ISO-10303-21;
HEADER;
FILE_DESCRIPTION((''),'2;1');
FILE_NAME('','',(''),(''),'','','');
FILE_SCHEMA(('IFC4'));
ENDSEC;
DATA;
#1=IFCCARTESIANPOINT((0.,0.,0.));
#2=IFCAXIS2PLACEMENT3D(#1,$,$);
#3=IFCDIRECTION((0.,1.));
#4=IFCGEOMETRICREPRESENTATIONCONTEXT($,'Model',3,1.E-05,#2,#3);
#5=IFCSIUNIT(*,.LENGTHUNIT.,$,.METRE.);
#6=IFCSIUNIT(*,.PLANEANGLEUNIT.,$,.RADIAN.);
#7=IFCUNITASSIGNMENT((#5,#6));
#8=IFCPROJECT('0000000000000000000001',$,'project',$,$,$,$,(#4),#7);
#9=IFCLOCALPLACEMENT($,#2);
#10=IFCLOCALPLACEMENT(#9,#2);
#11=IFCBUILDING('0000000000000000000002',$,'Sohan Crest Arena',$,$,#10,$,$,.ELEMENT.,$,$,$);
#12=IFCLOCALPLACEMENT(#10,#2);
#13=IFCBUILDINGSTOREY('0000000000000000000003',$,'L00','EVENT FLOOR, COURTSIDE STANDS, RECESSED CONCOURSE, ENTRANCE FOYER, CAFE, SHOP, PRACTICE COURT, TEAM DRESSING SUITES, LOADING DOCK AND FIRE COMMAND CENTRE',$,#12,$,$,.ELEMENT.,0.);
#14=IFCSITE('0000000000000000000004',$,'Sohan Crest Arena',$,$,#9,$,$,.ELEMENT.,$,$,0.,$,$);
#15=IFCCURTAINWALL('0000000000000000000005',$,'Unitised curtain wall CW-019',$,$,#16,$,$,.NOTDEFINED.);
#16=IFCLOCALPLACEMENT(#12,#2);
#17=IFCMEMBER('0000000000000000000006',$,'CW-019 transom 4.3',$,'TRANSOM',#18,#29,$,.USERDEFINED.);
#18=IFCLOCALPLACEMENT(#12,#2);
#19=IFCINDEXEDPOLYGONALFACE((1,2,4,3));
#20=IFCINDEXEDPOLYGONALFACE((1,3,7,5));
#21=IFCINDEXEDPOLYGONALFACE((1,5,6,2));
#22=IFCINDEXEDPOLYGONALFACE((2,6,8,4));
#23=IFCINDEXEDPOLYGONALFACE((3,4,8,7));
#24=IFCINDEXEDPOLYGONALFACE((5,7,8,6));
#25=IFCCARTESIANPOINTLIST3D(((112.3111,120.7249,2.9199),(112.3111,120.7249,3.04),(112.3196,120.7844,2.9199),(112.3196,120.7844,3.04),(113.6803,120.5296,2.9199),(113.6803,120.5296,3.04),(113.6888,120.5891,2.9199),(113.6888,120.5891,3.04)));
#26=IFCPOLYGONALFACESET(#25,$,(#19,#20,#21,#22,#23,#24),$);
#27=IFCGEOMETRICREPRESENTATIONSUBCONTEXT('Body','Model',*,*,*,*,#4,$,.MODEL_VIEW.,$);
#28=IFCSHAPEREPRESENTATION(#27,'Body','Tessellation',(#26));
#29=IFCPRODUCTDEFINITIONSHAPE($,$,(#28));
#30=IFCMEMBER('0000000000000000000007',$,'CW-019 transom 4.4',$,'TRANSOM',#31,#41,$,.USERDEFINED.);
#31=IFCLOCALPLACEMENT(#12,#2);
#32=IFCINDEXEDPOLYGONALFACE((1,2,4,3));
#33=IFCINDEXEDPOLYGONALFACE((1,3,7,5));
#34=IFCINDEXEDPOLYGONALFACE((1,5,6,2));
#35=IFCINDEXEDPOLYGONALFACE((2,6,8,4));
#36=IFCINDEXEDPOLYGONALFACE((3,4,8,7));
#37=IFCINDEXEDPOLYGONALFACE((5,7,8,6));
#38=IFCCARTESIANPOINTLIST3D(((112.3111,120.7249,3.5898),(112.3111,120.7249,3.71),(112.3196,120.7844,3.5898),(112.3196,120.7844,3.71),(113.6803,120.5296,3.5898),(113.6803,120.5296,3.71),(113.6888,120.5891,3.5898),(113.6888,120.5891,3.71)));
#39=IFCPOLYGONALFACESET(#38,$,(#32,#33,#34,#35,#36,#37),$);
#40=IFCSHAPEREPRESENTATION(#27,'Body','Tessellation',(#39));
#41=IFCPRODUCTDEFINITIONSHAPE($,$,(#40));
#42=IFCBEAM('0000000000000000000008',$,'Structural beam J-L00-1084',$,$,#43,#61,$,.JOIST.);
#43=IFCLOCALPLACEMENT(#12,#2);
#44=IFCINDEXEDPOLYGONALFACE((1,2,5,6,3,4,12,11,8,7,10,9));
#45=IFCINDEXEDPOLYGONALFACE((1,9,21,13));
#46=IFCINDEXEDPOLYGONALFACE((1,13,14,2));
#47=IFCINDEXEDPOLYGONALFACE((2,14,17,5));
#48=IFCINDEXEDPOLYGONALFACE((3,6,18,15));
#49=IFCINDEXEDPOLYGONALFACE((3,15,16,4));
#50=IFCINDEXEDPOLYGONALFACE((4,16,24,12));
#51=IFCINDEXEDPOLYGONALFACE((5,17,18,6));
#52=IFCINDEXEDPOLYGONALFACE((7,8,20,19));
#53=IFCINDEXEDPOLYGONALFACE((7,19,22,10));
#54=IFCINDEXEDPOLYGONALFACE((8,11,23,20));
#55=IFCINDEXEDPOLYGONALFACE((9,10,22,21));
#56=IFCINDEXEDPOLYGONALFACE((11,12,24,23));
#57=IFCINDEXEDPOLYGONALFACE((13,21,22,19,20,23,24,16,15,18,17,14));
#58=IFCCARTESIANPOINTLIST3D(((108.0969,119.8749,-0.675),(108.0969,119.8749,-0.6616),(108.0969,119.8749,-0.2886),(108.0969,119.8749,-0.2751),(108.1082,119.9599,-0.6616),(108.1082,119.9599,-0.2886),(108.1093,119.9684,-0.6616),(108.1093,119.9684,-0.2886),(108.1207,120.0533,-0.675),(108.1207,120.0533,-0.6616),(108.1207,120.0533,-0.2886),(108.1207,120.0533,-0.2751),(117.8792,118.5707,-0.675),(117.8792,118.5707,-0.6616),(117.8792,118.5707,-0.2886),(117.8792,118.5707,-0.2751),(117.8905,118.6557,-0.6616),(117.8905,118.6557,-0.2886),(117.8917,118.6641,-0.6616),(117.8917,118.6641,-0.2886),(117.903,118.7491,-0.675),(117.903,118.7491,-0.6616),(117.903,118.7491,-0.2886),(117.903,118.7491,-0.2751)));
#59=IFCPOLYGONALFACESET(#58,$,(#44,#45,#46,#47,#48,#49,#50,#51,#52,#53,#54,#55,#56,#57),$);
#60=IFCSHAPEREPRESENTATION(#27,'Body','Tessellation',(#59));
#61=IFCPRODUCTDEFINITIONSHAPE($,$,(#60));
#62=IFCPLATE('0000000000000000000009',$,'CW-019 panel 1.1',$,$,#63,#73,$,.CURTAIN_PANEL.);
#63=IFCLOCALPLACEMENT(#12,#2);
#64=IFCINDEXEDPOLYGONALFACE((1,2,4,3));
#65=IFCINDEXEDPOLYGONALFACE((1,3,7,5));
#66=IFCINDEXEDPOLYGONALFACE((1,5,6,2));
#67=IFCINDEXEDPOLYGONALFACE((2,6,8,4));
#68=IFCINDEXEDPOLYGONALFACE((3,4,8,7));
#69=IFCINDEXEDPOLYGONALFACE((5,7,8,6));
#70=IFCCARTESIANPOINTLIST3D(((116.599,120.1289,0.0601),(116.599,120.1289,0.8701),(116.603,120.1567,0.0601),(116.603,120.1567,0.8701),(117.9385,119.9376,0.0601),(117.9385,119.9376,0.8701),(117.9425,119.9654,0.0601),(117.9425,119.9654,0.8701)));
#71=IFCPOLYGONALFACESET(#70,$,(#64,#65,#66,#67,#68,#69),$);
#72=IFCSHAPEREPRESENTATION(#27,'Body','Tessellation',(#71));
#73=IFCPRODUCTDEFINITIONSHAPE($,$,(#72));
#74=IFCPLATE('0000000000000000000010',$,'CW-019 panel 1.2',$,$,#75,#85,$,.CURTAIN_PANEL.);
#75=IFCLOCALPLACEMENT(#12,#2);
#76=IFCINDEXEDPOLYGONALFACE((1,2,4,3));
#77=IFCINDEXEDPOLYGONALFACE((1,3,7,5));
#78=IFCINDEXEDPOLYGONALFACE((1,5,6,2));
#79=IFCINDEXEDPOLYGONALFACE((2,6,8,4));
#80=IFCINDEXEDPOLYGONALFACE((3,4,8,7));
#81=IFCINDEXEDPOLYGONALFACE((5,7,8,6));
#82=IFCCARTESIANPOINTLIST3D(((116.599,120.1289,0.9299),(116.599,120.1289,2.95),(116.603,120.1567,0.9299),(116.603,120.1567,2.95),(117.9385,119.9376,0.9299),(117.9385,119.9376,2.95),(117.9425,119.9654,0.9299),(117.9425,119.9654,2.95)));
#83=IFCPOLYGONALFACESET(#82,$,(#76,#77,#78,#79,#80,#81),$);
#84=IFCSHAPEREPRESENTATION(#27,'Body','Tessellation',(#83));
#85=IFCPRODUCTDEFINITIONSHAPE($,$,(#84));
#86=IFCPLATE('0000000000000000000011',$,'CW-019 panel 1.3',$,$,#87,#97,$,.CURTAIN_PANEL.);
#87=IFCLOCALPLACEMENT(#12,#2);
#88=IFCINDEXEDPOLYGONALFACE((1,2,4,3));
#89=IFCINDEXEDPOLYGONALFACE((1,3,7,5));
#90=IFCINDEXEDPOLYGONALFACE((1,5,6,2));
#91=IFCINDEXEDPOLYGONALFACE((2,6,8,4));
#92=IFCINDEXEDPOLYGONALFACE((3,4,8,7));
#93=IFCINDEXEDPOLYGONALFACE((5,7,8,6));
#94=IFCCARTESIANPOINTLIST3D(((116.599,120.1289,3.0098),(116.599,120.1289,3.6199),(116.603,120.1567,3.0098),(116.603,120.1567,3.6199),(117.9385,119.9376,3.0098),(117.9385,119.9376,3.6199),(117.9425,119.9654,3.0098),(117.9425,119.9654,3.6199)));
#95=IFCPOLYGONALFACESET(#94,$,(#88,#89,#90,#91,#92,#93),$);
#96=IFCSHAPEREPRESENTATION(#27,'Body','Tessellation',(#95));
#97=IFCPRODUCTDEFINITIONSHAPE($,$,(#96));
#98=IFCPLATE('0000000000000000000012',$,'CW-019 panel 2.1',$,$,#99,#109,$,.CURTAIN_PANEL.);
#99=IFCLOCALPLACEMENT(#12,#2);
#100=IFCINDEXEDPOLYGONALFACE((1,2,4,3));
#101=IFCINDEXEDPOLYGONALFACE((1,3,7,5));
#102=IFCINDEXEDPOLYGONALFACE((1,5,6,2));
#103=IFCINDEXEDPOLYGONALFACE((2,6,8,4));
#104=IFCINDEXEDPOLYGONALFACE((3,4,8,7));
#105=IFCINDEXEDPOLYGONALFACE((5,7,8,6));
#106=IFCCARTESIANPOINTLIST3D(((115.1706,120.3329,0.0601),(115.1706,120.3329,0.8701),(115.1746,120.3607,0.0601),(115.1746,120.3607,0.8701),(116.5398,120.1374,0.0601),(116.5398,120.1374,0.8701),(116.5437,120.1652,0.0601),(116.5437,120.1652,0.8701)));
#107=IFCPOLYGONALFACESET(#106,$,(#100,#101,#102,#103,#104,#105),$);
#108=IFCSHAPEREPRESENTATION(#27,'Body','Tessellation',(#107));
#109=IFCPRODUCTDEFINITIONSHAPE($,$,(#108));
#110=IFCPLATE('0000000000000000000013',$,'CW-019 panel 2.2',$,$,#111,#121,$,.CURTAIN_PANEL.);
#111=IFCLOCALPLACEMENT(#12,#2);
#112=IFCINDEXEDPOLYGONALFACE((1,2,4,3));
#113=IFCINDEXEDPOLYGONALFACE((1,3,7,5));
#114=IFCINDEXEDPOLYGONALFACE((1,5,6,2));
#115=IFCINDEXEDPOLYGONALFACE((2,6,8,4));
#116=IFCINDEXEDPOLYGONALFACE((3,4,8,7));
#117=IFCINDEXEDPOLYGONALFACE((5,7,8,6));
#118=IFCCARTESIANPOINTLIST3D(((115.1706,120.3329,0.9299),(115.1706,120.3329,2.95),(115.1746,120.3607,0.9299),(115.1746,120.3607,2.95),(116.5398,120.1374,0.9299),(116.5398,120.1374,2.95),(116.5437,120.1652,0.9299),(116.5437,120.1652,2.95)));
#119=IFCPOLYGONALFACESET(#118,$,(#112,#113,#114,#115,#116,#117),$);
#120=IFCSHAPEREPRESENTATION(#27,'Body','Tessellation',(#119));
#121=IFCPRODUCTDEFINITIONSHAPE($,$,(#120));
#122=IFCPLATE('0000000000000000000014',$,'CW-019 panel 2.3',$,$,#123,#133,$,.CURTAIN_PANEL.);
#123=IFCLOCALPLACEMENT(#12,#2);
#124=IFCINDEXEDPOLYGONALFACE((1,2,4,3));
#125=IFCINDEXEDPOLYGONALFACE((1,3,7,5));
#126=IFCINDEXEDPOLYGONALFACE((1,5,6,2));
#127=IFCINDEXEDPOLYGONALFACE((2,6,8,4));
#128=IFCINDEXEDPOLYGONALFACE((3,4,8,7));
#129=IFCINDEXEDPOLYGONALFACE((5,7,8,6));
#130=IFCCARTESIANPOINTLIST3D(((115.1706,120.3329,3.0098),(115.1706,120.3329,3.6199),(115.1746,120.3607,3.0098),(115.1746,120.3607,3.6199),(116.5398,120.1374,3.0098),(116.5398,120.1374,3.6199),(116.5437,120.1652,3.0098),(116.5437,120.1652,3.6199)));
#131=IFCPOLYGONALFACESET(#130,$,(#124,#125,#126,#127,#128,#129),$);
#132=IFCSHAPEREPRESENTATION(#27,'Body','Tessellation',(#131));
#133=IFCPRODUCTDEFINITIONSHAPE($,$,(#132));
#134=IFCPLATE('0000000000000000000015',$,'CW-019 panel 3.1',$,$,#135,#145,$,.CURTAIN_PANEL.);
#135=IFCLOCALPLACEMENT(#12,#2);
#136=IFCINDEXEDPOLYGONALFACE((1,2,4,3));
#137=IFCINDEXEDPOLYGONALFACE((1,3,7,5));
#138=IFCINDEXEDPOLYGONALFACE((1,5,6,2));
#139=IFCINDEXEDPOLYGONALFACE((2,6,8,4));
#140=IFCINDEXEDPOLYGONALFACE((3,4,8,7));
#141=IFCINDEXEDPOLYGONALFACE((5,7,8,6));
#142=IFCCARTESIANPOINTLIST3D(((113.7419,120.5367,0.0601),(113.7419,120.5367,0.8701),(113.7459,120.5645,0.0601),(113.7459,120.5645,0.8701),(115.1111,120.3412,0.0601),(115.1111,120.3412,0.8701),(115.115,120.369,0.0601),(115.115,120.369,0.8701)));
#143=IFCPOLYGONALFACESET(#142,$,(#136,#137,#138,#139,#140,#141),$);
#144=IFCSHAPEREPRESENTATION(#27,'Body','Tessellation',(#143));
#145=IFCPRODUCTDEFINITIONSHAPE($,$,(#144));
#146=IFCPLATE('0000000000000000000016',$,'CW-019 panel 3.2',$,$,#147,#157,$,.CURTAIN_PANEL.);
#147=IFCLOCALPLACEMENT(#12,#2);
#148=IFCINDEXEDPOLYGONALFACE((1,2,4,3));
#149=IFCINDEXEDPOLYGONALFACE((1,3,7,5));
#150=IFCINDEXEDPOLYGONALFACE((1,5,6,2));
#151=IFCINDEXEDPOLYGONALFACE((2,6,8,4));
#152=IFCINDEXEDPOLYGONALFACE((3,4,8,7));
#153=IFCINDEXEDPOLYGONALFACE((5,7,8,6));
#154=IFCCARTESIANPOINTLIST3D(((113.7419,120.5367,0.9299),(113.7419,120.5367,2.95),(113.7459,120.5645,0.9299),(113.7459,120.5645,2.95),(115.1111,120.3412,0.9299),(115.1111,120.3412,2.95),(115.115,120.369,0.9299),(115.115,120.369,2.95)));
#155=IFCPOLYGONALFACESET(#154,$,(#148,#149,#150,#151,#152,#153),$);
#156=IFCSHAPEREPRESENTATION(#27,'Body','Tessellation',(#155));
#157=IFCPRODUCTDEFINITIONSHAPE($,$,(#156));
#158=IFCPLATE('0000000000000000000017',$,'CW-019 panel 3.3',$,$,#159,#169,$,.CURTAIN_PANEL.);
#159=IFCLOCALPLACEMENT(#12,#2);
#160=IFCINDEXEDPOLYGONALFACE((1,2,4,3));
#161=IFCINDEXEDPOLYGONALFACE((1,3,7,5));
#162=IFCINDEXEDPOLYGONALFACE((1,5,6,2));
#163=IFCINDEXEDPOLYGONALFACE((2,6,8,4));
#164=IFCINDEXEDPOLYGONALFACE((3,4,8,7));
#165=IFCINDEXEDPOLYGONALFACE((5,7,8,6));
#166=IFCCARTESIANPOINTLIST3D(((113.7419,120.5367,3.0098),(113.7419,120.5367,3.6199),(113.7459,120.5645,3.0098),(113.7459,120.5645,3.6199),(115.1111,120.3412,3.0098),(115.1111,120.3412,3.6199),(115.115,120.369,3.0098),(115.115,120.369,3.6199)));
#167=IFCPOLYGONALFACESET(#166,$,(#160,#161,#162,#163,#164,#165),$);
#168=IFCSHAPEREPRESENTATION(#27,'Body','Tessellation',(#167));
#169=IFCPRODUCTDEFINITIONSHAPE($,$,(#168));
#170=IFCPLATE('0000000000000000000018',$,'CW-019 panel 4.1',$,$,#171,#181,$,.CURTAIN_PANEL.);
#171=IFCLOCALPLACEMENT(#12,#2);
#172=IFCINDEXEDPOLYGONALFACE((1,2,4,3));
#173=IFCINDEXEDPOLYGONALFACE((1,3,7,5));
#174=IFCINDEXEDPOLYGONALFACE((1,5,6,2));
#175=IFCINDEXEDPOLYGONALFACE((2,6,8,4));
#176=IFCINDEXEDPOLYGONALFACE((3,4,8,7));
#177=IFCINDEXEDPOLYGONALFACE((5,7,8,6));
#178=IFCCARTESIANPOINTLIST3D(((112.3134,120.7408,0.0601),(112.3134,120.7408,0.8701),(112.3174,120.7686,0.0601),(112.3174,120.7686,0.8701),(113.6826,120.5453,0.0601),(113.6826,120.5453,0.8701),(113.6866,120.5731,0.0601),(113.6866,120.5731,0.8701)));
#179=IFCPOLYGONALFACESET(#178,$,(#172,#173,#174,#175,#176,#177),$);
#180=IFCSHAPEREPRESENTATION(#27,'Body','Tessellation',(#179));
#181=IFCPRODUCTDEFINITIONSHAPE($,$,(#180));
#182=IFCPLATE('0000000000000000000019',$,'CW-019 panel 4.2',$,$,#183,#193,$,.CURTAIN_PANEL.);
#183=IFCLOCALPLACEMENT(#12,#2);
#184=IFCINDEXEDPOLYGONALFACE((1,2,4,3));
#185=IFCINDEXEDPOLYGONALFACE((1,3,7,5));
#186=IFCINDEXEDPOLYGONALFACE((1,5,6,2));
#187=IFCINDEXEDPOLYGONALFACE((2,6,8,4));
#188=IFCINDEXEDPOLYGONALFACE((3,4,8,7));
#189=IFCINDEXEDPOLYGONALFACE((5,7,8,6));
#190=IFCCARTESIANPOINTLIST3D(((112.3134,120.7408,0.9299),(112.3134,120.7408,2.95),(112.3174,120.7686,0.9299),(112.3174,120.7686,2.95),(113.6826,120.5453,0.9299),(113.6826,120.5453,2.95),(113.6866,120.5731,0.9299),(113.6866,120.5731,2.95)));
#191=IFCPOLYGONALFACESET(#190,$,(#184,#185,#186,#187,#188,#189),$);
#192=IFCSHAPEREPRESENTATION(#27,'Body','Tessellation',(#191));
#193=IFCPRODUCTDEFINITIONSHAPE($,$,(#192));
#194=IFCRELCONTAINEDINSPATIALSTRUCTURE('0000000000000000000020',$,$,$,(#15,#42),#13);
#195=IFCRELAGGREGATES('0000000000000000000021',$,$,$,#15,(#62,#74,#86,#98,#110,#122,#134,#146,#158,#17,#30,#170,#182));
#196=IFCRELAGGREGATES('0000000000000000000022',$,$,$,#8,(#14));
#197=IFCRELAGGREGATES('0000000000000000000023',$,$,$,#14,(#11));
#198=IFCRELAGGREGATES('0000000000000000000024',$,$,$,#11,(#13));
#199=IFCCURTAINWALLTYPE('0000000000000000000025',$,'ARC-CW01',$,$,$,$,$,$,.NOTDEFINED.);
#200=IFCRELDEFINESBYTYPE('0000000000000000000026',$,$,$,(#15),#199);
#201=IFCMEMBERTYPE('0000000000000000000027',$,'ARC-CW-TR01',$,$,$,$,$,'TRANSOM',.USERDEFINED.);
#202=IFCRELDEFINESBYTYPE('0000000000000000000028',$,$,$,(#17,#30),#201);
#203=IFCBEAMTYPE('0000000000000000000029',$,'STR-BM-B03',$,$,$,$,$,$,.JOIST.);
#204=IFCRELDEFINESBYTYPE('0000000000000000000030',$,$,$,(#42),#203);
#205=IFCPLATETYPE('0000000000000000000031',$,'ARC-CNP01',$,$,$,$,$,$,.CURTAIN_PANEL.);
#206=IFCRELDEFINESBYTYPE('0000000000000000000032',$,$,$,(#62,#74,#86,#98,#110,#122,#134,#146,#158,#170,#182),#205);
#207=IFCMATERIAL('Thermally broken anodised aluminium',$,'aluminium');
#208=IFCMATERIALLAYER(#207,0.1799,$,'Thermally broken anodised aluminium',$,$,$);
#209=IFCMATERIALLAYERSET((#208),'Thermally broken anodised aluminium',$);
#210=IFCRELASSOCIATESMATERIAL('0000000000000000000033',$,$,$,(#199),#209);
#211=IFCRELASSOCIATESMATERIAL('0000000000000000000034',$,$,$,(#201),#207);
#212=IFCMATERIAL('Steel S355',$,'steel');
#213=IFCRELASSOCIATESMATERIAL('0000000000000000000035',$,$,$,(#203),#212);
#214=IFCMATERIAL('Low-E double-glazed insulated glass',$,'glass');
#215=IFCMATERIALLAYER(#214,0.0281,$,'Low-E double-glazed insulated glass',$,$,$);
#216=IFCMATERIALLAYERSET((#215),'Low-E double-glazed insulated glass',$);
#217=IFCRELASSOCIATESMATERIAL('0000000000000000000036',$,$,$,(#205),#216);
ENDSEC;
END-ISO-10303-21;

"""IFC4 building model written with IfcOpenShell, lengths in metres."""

from ifc_helpers import new_model, si_unit, direction, frame, origin, origin_2d, place, context, subcontext, project, spatial, rectangle, i_section, extrude, material, layer, layer_set, material_profile, profile_set, type_object, element, aggregate, save


model = new_model("IFC4")

# Units and contexts
model_context = context("Model", 3, precision=1e-05, world=origin(), true_north=direction((0.0, 1.0)))
body_context = subcontext(model_context, "Body", "Model", "MODEL_VIEW")
ifc_project = project(units=[si_unit("LENGTHUNIT", "METRE"), si_unit("PLANEANGLEUNIT", "RADIAN")], contexts=[model_context])

# Site, building, storey
site_placement = place(None, origin())
site = spatial("IfcSite", under=ifc_project, at=site_placement, Name="Sohan Crest Arena", CompositionType="ELEMENT", RefElevation=0.0)
building_placement = place(site_placement, origin())
building = spatial("IfcBuilding", under=site, at=building_placement, Name="Sohan Crest Arena", CompositionType="ELEMENT")
storey_placement = place(building_placement, origin())
storey = spatial("IfcBuildingStorey", under=building, at=storey_placement, Name="L00", Description="EVENT FLOOR, COURTSIDE STANDS, RECESSED CONCOURSE, ENTRANCE FOYER, CAFE, SHOP, PRACTICE COURT, TEAM DRESSING SUITES, LOADING DOCK AND FIRE COMMAND CENTRE", CompositionType="ELEMENT", Elevation=0.0)

# Curtain wall, members
ifc_material_1 = material(Name="Thermally broken anodised aluminium", Category="aluminium")
ifc_layer_1 = layer(ifc_material_1, 0.1799, Name="Thermally broken anodised aluminium")
ifc_layer_set_1 = layer_set([ifc_layer_1], Name="Thermally broken anodised aluminium")
curtain_wall_type = type_object("IfcCurtainWallType", Name="ARC-CW01", PredefinedType="NOTDEFINED", material=ifc_layer_set_1)
curtain_wall_placement = place(storey_placement, origin())
curtain_wall = element("IfcCurtainWall", 1, at=curtain_wall_placement, inside=storey, type_object=curtain_wall_type, Name="Unitised curtain wall CW-019", PredefinedType="NOTDEFINED")
ifc_material_profile_1 = material_profile(ifc_material_1, rectangle(XDim=0.0601, YDim=0.1201, at=origin_2d()), Name="ALU-TRAN 60x120")
ifc_profile_set_1 = profile_set([ifc_material_profile_1], Name="Thermally broken anodised aluminium")
member_type_1 = type_object("IfcMemberType", Name="ARC-CW-TR01", ElementType="TRANSOM", PredefinedType="USERDEFINED", material=ifc_profile_set_1)
member_1_placement = place(storey_placement, frame((113.6846, 120.5593, 2.98), z_axis=(-0.989978, 0.141224, 0.0), x_axis=(-0.141224, -0.989978, 0.0)))
member_1 = element("IfcMember", 2, at=member_1_placement, type_object=member_type_1, Name="CW-019 transom 4.3", ObjectType="TRANSOM", PredefinedType="USERDEFINED", context=body_context, shape_type="SweptSolid", body=[
    extrude(rectangle(XDim=0.0601, YDim=0.1201, at=origin_2d()), origin(), (0.0, 0.0, 1.0), 1.3831),
])
member_2_placement = place(storey_placement, frame((113.6846, 120.5593, 3.6499), z_axis=(-0.989978, 0.141224, 0.0), x_axis=(-0.141224, -0.989978, 0.0)))
member_2 = element("IfcMember", 3, at=member_2_placement, type_object=member_type_1, Name="CW-019 transom 4.4", ObjectType="TRANSOM", PredefinedType="USERDEFINED", context=body_context, shape_type="SweptSolid", body=[
    extrude(rectangle(XDim=0.0601, YDim=0.1201, at=origin_2d()), origin(), (0.0, 0.0, 1.0), 1.3831),
])

# Beam
ifc_material_2 = material(Name="Steel S355", Category="steel")
ifc_material_profile_2 = material_profile(ifc_material_2, i_section(OverallWidth=0.1799, OverallDepth=0.3999, WebThickness=0.0085, FlangeThickness=0.0134, at=origin_2d()), Name="IPE 400")
ifc_profile_set_2 = profile_set([ifc_material_profile_2], Name="Steel S355")
beam_type = type_object("IfcBeamType", Name="STR-BM-B03", PredefinedType="JOIST", material=ifc_profile_set_2)
beam_placement = place(storey_placement, frame((117.8911, 118.6599, -0.4751), z_axis=(-0.991229, 0.132154, 0.0), x_axis=(-0.132154, -0.991229, 0.0)))
element("IfcBeam", 4, at=beam_placement, inside=storey, type_object=beam_type, Name="Structural beam J-L00-1084", PredefinedType="JOIST", context=body_context, shape_type="SweptSolid", body=[
    extrude(i_section(OverallWidth=0.1799, OverallDepth=0.3999, WebThickness=0.0085, FlangeThickness=0.0134, at=origin_2d()), origin(), (0.0, 0.0, 1.0), 9.8689),
])

# Plates
ifc_material_3 = material(Name="Low-E double-glazed insulated glass", Category="glass")
ifc_layer_2 = layer(ifc_material_3, 0.0281, Name="Low-E double-glazed insulated glass")
ifc_layer_set_2 = layer_set([ifc_layer_2], Name="Low-E double-glazed insulated glass")
plate_type = type_object("IfcPlateType", Name="ARC-CNP01", PredefinedType="CURTAIN_PANEL", material=ifc_layer_set_2)
plate_1_placement = place(storey_placement, frame((117.2708, 120.0471, 0.0601), z_axis=(0.0, 0.0, 1.0), x_axis=(-0.989957, 0.141366, 0.0)))
plate_1 = element("IfcPlate", 5, at=plate_1_placement, type_object=plate_type, Name="CW-019 panel 1.1", PredefinedType="CURTAIN_PANEL", context=body_context, shape_type="SweptSolid", body=[
    extrude(rectangle(XDim=1.353, YDim=0.0281, at=origin_2d()), origin(), (0.0, 0.0, 1.0), 0.8101),
])
plate_2_placement = place(storey_placement, frame((117.2708, 120.0471, 0.9299), z_axis=(0.0, 0.0, 1.0), x_axis=(-0.989957, 0.141366, 0.0)))
plate_2 = element("IfcPlate", 6, at=plate_2_placement, type_object=plate_type, Name="CW-019 panel 1.2", PredefinedType="CURTAIN_PANEL", context=body_context, shape_type="SweptSolid", body=[
    extrude(rectangle(XDim=1.353, YDim=0.0281, at=origin_2d()), origin(), (0.0, 0.0, 1.0), 2.02),
])
plate_3_placement = place(storey_placement, frame((117.2708, 120.0471, 3.0098), z_axis=(0.0, 0.0, 1.0), x_axis=(-0.989957, 0.141366, 0.0)))
plate_3 = element("IfcPlate", 7, at=plate_3_placement, type_object=plate_type, Name="CW-019 panel 1.3", PredefinedType="CURTAIN_PANEL", context=body_context, shape_type="SweptSolid", body=[
    extrude(rectangle(XDim=1.353, YDim=0.0281, at=origin_2d()), origin(), (0.0, 0.0, 1.0), 0.6101),
])
plate_4_placement = place(storey_placement, frame((115.8572, 120.249, 0.0601), z_axis=(0.0, 0.0, 1.0), x_axis=(-0.989957, 0.141366, 0.0)))
plate_4 = element("IfcPlate", 8, at=plate_4_placement, type_object=plate_type, Name="CW-019 panel 2.1", PredefinedType="CURTAIN_PANEL", context=body_context, shape_type="SweptSolid", body=[
    extrude(rectangle(XDim=1.3831, YDim=0.0281, at=origin_2d()), origin(), (0.0, 0.0, 1.0), 0.8101),
])
plate_5_placement = place(storey_placement, frame((115.8572, 120.249, 0.9299), z_axis=(0.0, 0.0, 1.0), x_axis=(-0.989957, 0.141366, 0.0)))
plate_5 = element("IfcPlate", 9, at=plate_5_placement, type_object=plate_type, Name="CW-019 panel 2.2", PredefinedType="CURTAIN_PANEL", context=body_context, shape_type="SweptSolid", body=[
    extrude(rectangle(XDim=1.3831, YDim=0.0281, at=origin_2d()), origin(), (0.0, 0.0, 1.0), 2.02),
])
plate_6_placement = place(storey_placement, frame((115.8572, 120.249, 3.0098), z_axis=(0.0, 0.0, 1.0), x_axis=(-0.989957, 0.141366, 0.0)))
plate_6 = element("IfcPlate", 10, at=plate_6_placement, type_object=plate_type, Name="CW-019 panel 2.3", PredefinedType="CURTAIN_PANEL", context=body_context, shape_type="SweptSolid", body=[
    extrude(rectangle(XDim=1.3831, YDim=0.0281, at=origin_2d()), origin(), (0.0, 0.0, 1.0), 0.6101),
])
plate_7_placement = place(storey_placement, frame((114.4285, 120.4529, 0.0601), z_axis=(0.0, 0.0, 1.0), x_axis=(-0.989957, 0.141366, 0.0)))
plate_7 = element("IfcPlate", 11, at=plate_7_placement, type_object=plate_type, Name="CW-019 panel 3.1", PredefinedType="CURTAIN_PANEL", context=body_context, shape_type="SweptSolid", body=[
    extrude(rectangle(XDim=1.3831, YDim=0.0281, at=origin_2d()), origin(), (0.0, 0.0, 1.0), 0.8101),
])
plate_8_placement = place(storey_placement, frame((114.4285, 120.4529, 0.9299), z_axis=(0.0, 0.0, 1.0), x_axis=(-0.989957, 0.141366, 0.0)))
plate_8 = element("IfcPlate", 12, at=plate_8_placement, type_object=plate_type, Name="CW-019 panel 3.2", PredefinedType="CURTAIN_PANEL", context=body_context, shape_type="SweptSolid", body=[
    extrude(rectangle(XDim=1.3831, YDim=0.0281, at=origin_2d()), origin(), (0.0, 0.0, 1.0), 2.02),
])
plate_9_placement = place(storey_placement, frame((114.4285, 120.4529, 3.0098), z_axis=(0.0, 0.0, 1.0), x_axis=(-0.989957, 0.141366, 0.0)))
plate_9 = element("IfcPlate", 13, at=plate_9_placement, type_object=plate_type, Name="CW-019 panel 3.3", PredefinedType="CURTAIN_PANEL", context=body_context, shape_type="SweptSolid", body=[
    extrude(rectangle(XDim=1.3831, YDim=0.0281, at=origin_2d()), origin(), (0.0, 0.0, 1.0), 0.6101),
])
plate_10_placement = place(storey_placement, frame((113.0, 120.657, 0.0601), z_axis=(0.0, 0.0, 1.0), x_axis=(-0.989957, 0.141366, 0.0)))
plate_10 = element("IfcPlate", 14, at=plate_10_placement, type_object=plate_type, Name="CW-019 panel 4.1", PredefinedType="CURTAIN_PANEL", context=body_context, shape_type="SweptSolid", body=[
    extrude(rectangle(XDim=1.3831, YDim=0.0281, at=origin_2d()), origin(), (0.0, 0.0, 1.0), 0.8101),
])
plate_11_placement = place(storey_placement, frame((113.0, 120.657, 0.9299), z_axis=(0.0, 0.0, 1.0), x_axis=(-0.989957, 0.141366, 0.0)))
plate_11 = element("IfcPlate", 15, at=plate_11_placement, type_object=plate_type, Name="CW-019 panel 4.2", PredefinedType="CURTAIN_PANEL", context=body_context, shape_type="SweptSolid", body=[
    extrude(rectangle(XDim=1.3831, YDim=0.0281, at=origin_2d()), origin(), (0.0, 0.0, 1.0), 2.02),
])
aggregate(curtain_wall, [plate_1, plate_2, plate_3, plate_4, plate_5, plate_6, plate_7, plate_8, plate_9, member_1, member_2, plate_10, plate_11])

save(model, "model.ifc")
